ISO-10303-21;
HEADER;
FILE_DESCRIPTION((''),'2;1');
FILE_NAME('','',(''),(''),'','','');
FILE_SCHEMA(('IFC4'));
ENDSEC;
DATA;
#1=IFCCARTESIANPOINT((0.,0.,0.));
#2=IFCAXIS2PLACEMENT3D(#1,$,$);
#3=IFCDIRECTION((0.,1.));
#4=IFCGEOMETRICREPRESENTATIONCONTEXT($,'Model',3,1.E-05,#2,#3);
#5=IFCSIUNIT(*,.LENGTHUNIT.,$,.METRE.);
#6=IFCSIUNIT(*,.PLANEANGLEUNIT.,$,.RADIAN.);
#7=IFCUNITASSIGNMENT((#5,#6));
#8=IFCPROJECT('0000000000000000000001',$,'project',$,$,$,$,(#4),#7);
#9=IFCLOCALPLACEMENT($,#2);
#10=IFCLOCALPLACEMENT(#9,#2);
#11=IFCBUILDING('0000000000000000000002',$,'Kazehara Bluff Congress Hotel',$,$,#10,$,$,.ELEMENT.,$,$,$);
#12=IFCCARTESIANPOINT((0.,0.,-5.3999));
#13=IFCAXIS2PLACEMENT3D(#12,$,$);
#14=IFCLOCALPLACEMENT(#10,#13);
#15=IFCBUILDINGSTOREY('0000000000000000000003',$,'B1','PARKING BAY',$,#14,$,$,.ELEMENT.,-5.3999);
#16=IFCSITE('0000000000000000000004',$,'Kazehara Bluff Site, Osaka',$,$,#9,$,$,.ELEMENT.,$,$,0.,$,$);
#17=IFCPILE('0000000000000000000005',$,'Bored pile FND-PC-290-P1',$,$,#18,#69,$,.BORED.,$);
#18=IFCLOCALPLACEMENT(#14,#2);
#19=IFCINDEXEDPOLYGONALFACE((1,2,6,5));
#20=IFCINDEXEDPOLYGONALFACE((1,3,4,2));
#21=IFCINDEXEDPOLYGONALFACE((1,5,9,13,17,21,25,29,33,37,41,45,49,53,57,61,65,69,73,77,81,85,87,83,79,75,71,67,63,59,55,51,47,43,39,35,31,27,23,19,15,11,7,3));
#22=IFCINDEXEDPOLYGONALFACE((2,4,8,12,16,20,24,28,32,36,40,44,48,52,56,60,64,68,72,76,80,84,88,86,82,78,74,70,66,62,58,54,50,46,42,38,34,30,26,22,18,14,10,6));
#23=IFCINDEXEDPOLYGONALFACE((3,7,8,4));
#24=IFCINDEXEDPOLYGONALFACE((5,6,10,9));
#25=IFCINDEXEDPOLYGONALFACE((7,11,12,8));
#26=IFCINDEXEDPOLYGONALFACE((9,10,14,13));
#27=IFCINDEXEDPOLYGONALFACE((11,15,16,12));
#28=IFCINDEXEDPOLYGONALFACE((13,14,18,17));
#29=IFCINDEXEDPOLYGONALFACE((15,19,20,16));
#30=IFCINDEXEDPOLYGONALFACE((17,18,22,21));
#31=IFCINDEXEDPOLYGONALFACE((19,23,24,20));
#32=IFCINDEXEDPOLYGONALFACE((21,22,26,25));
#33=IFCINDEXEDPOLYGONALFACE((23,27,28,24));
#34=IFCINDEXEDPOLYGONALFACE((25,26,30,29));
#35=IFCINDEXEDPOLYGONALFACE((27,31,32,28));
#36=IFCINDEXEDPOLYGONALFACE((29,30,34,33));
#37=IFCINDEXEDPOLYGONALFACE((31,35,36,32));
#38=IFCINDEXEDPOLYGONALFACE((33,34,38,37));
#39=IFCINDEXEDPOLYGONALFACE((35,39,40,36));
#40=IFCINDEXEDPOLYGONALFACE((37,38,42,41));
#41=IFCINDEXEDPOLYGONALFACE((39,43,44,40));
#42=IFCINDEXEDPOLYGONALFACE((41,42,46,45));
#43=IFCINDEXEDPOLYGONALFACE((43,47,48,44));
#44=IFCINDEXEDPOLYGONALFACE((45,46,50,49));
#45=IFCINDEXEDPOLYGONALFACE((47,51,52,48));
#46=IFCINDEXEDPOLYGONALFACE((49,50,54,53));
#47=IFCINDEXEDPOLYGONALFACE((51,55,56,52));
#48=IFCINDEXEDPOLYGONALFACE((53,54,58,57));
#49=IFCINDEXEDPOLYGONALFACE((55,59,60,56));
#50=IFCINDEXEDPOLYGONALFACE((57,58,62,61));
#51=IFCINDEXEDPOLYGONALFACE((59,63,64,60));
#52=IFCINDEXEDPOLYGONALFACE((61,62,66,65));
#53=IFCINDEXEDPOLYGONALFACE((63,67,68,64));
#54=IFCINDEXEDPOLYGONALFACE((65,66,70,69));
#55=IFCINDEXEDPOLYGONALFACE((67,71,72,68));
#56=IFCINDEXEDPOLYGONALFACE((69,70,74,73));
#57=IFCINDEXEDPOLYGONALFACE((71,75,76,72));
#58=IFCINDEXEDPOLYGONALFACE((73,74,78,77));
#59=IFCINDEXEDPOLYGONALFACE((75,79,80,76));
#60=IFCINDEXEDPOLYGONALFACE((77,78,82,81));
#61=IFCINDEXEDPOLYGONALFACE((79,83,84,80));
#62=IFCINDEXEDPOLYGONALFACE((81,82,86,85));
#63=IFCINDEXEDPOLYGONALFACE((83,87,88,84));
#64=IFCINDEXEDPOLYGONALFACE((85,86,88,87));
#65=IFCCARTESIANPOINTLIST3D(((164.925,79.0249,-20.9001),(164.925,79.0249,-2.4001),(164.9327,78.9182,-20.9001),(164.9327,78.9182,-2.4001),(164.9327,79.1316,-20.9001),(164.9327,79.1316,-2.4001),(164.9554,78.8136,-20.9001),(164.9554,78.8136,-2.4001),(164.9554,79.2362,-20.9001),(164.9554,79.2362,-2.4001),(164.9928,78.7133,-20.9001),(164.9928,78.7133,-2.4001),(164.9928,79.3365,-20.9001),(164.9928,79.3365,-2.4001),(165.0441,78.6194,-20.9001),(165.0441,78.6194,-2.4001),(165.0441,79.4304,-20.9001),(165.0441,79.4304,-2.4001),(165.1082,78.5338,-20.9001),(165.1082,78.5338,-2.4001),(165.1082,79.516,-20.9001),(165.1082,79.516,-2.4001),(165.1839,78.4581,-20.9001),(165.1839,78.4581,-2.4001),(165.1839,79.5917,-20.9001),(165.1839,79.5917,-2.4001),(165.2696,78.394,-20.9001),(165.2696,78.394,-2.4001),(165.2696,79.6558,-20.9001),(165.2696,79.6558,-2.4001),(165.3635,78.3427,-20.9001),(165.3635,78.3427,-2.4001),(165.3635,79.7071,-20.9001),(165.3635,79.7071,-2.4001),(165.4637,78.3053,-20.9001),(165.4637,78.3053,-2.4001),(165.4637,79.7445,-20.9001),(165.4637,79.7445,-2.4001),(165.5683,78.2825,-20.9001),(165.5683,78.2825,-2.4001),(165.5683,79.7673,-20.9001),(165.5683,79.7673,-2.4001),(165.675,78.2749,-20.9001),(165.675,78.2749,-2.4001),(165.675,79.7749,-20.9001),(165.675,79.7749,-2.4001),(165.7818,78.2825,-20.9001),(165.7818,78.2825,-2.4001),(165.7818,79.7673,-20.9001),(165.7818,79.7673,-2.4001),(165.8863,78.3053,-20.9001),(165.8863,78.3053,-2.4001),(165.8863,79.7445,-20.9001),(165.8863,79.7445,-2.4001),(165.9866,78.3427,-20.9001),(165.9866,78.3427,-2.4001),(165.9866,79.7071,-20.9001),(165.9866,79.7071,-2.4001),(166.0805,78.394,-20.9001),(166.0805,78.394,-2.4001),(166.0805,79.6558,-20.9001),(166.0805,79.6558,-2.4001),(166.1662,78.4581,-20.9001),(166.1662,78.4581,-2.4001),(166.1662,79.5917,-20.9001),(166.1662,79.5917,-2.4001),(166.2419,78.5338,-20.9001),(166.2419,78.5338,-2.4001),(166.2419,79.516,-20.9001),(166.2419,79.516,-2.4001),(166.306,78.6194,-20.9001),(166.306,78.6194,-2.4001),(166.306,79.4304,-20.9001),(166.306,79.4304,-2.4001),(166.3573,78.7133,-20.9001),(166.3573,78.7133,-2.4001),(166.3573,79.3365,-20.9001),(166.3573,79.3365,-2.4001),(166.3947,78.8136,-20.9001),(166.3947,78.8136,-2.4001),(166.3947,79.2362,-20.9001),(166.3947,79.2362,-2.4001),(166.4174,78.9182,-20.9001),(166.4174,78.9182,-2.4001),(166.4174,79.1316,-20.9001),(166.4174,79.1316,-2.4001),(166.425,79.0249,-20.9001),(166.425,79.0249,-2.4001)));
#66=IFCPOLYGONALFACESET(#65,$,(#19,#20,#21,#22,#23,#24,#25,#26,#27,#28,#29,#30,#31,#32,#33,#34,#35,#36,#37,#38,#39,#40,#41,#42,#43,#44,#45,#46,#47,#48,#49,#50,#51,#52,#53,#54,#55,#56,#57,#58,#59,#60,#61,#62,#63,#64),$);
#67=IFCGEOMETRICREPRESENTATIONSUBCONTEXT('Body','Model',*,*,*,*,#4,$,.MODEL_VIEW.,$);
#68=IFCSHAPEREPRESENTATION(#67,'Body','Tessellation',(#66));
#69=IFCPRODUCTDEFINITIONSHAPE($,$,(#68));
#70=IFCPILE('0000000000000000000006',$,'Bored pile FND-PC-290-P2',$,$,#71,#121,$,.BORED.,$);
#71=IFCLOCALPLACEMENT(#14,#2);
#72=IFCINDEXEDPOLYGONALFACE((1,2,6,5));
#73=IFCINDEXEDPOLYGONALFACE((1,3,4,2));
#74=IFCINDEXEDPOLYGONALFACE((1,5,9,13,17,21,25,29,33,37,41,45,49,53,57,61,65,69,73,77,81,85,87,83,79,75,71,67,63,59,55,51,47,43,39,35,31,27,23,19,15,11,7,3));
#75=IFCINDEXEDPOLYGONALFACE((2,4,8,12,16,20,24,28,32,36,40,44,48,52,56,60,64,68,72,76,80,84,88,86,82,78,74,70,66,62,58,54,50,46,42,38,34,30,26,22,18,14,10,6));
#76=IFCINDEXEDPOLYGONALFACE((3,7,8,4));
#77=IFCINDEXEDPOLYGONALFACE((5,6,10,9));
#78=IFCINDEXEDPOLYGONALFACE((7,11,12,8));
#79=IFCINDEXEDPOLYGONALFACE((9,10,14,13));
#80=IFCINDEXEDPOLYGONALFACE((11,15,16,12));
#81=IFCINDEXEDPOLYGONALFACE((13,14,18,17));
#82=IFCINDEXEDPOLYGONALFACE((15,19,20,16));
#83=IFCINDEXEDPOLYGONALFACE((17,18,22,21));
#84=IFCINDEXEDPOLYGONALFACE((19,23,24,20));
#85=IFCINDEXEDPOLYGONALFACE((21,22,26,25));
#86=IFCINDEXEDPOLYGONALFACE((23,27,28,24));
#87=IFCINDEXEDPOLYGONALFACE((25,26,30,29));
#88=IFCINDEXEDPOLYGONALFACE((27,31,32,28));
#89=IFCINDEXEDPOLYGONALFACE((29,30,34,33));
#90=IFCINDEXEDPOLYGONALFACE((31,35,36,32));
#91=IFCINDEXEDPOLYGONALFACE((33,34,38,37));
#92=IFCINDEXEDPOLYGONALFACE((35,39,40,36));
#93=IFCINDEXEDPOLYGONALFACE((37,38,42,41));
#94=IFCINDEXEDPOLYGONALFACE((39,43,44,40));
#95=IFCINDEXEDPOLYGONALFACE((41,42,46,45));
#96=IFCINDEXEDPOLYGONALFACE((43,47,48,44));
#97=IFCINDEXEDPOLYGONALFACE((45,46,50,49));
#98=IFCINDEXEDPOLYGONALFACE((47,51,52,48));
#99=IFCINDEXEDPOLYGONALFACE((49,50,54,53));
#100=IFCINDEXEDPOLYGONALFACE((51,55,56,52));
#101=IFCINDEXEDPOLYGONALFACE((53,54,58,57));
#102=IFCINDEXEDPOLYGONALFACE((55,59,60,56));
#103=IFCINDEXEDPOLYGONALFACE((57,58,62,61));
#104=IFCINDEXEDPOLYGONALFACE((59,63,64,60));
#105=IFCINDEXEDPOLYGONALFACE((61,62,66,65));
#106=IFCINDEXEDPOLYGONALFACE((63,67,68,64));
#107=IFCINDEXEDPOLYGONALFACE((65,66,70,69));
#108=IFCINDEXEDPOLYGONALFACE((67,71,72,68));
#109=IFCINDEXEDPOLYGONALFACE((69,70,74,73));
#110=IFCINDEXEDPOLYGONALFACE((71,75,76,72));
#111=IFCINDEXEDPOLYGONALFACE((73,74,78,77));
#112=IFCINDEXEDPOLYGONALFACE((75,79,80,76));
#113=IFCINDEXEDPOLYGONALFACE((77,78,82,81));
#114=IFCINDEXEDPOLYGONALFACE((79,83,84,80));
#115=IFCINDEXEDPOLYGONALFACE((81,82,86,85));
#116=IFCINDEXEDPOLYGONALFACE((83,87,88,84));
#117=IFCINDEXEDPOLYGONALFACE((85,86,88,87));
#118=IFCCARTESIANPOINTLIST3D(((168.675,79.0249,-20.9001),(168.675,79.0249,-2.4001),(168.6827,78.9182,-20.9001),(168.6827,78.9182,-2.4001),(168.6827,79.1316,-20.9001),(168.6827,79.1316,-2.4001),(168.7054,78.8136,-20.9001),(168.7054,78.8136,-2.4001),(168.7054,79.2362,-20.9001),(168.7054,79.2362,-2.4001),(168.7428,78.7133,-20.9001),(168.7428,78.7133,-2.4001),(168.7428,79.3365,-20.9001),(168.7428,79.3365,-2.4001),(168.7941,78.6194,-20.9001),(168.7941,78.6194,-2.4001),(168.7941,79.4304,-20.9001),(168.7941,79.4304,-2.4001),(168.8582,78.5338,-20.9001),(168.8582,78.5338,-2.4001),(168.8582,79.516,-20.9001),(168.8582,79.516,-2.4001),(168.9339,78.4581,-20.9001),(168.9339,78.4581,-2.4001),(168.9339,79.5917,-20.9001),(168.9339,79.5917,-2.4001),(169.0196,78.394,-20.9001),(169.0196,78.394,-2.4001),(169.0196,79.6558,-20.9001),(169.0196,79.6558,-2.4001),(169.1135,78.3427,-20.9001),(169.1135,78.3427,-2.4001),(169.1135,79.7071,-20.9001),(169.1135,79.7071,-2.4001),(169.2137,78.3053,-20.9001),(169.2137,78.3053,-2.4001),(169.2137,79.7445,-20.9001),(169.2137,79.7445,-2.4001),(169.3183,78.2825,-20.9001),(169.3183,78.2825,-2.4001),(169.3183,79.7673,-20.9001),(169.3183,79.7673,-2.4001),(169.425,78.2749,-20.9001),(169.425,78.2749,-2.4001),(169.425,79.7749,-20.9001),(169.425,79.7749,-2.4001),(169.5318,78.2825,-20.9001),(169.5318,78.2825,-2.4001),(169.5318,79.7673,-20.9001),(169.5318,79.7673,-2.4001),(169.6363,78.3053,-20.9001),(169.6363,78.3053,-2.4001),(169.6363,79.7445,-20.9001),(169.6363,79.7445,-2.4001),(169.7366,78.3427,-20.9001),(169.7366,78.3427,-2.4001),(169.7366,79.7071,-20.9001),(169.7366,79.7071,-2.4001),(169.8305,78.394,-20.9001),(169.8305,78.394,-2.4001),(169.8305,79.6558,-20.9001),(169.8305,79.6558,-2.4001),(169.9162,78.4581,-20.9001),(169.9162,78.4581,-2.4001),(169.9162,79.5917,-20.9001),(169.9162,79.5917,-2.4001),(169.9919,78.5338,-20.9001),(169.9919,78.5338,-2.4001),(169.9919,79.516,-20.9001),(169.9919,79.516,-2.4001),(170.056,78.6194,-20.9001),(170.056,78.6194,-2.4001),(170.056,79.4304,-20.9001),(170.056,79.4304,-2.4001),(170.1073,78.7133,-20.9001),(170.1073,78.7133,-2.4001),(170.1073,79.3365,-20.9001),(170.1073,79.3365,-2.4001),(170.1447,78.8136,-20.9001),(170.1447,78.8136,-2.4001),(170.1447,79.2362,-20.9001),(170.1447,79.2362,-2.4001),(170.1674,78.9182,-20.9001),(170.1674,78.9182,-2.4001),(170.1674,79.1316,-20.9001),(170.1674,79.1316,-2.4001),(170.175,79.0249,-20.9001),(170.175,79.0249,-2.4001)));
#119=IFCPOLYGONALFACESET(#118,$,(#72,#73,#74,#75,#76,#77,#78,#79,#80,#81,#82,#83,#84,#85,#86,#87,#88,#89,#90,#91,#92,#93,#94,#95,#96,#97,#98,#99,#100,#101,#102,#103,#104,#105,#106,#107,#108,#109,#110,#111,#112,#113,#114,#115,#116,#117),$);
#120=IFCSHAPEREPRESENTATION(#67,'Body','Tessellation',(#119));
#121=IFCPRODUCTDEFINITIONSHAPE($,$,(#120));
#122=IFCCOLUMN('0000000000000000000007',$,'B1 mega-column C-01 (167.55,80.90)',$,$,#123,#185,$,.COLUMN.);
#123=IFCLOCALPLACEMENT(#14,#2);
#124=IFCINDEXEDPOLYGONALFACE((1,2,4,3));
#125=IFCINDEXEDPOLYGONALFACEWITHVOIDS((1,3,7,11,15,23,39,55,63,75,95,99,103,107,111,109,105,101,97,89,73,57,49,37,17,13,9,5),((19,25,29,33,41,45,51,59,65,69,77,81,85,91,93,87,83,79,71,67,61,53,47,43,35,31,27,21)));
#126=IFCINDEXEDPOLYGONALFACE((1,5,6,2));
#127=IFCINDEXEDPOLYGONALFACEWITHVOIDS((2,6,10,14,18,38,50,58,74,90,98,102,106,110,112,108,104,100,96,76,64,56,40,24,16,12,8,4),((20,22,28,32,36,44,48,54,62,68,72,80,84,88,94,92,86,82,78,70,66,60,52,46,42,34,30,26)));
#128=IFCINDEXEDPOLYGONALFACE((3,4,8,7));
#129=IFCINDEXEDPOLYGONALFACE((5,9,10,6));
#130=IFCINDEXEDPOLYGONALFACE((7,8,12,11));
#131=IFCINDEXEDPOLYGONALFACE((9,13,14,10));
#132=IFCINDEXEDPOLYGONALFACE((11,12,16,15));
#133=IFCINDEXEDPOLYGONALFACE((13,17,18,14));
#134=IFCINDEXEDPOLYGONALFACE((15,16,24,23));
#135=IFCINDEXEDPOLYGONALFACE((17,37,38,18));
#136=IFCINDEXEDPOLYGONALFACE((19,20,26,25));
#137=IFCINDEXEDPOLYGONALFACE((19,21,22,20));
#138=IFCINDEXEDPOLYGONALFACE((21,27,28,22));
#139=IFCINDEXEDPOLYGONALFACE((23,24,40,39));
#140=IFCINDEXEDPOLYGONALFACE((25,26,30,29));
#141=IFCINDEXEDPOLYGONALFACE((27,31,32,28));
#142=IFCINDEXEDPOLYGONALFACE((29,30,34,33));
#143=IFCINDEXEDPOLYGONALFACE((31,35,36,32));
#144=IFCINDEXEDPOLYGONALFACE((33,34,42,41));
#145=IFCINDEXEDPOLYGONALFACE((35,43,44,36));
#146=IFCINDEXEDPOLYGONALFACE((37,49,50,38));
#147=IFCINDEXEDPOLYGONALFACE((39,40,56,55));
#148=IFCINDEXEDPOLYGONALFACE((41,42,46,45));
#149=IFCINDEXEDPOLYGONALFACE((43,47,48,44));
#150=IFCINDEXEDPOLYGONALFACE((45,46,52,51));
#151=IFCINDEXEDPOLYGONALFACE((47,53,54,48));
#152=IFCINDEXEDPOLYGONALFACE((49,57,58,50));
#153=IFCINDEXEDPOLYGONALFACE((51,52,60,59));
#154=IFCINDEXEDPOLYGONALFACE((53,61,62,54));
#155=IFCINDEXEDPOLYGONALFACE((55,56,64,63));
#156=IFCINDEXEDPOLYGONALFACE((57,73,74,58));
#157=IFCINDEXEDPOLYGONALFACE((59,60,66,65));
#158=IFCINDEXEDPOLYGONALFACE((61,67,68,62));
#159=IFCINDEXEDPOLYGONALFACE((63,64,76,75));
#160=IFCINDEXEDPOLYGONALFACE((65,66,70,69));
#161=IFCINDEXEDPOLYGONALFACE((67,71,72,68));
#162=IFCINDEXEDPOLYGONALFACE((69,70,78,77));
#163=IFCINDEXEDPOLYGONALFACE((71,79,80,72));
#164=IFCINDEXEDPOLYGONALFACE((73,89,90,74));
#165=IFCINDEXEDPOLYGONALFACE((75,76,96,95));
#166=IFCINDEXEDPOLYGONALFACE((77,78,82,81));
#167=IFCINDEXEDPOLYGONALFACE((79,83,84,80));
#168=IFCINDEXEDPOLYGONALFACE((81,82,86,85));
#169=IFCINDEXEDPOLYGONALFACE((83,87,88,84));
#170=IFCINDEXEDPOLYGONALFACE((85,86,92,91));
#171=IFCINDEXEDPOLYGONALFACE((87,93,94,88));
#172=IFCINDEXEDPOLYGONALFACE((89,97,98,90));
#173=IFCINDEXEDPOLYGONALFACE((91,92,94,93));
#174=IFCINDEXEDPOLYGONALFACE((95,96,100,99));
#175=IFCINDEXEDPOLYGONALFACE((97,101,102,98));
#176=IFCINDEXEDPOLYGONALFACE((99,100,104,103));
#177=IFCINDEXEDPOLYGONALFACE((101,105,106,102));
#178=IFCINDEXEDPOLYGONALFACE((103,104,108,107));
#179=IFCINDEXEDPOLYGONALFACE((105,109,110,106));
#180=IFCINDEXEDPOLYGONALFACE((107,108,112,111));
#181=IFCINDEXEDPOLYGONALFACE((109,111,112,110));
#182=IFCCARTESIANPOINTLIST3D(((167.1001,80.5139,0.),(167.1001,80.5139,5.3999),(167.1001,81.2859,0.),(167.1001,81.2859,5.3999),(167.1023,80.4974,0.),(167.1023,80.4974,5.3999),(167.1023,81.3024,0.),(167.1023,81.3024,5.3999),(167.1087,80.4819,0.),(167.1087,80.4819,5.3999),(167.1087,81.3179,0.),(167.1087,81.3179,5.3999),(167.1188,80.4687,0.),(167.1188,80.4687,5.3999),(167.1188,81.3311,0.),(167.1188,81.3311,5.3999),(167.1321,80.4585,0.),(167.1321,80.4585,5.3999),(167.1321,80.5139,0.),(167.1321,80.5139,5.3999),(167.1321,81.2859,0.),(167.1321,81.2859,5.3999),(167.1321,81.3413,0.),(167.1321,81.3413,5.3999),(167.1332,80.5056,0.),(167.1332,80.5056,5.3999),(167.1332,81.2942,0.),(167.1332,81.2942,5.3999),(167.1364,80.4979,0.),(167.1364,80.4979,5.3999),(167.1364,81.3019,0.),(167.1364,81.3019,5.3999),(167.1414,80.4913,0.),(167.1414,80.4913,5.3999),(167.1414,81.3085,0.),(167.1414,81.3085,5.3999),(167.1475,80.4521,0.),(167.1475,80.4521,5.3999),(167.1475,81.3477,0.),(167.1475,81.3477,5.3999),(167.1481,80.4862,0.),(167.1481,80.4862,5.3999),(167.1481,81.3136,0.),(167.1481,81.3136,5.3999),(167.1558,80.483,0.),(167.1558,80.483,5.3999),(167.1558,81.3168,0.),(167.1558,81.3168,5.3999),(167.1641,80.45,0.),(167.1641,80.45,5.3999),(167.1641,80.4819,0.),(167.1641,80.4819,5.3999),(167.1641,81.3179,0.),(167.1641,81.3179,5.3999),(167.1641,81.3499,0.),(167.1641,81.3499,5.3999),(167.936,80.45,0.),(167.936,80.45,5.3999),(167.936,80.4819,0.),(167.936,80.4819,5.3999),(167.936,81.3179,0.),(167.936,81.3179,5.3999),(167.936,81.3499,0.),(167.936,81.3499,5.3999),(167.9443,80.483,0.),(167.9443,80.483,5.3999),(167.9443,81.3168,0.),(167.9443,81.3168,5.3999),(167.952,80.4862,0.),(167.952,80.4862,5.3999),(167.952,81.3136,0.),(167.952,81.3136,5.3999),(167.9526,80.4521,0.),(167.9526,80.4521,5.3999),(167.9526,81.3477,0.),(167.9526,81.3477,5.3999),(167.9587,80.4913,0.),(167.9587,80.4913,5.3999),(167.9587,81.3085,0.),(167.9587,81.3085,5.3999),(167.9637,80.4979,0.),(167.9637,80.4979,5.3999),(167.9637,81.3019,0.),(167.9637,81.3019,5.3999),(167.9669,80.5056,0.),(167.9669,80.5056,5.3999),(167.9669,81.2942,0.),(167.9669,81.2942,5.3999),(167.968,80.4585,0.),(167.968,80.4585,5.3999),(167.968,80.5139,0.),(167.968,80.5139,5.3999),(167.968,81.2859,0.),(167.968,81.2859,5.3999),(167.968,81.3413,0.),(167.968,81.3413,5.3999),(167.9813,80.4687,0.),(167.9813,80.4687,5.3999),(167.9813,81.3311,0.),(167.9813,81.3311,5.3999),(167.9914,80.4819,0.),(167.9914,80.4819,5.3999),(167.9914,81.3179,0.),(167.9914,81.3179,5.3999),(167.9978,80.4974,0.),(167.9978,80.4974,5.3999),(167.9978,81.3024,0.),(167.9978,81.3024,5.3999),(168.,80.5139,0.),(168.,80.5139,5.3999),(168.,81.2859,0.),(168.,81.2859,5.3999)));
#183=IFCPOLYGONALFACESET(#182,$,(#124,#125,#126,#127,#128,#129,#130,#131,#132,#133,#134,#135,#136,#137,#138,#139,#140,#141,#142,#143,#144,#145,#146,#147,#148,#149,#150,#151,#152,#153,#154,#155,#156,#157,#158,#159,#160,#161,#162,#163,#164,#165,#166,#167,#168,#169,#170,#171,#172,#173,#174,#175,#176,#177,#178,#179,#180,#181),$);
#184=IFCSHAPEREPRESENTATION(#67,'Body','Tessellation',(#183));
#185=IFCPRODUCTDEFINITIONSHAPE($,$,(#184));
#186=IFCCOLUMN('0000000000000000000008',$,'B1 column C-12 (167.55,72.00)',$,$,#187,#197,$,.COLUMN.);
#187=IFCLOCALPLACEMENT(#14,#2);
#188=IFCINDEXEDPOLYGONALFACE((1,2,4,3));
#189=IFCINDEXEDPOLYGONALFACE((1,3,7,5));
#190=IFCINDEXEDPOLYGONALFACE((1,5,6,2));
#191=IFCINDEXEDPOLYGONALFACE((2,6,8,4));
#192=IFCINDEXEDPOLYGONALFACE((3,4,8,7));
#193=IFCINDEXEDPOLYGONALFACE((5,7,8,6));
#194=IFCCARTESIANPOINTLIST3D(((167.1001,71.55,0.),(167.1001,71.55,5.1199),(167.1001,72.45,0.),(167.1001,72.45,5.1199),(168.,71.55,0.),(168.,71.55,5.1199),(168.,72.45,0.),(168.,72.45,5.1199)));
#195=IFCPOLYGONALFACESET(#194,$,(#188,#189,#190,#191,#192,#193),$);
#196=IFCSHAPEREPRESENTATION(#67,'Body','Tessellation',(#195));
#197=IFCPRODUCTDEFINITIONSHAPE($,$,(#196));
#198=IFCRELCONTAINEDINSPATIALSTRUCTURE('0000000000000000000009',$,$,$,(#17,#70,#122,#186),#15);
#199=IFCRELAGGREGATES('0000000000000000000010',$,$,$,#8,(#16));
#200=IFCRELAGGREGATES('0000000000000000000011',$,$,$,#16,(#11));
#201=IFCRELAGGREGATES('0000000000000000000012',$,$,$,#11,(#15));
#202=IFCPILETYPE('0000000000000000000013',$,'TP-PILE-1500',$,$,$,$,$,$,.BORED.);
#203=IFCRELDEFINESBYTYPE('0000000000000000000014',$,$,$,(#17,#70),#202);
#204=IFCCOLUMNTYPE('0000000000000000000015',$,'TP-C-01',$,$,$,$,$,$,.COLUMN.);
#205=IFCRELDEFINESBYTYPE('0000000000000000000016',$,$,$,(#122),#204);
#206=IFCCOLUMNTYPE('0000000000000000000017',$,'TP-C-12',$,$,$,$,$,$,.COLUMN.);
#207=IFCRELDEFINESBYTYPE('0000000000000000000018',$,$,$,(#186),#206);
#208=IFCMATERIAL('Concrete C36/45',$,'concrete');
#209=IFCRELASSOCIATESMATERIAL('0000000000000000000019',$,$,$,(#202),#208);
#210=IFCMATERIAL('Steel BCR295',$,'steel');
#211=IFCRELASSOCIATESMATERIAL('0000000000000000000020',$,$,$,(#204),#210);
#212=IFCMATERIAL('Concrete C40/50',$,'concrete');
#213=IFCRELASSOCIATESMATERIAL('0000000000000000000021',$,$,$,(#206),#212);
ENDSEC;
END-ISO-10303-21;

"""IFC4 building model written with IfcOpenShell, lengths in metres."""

from ifc_helpers import new_model, si_unit, direction, frame, origin, origin_2d, place, context, subcontext, project, spatial, rectangle, hollow_rectangle, circle, extrude, material, material_profile, profile_set, type_object, element, save


model = new_model("IFC4")

# Units and contexts
model_context = context("Model", 3, precision=1e-05, world=origin(), true_north=direction((0.0, 1.0)))
body_context = subcontext(model_context, "Body", "Model", "MODEL_VIEW")
ifc_project = project(units=[si_unit("LENGTHUNIT", "METRE"), si_unit("PLANEANGLEUNIT", "RADIAN")], contexts=[model_context])

# Site, building, storey
site_placement = place(None, origin())
site = spatial("IfcSite", under=ifc_project, at=site_placement, Name="Kazehara Bluff Site, Osaka", CompositionType="ELEMENT", RefElevation=0.0)
building_placement = place(site_placement, origin())
building = spatial("IfcBuilding", under=site, at=building_placement, Name="Kazehara Bluff Congress Hotel", CompositionType="ELEMENT")
storey_placement = place(building_placement, frame((0.0, 0.0, -5.3999)))
storey = spatial("IfcBuildingStorey", under=building, at=storey_placement, Name="B1", Description="PARKING BAY", CompositionType="ELEMENT", Elevation=-5.3999)

# Piles
ifc_material_1 = material(Name="Concrete C36/45", Category="concrete")
ifc_material_profile_1 = material_profile(ifc_material_1, circle(Radius=0.75, at=origin_2d()))
ifc_profile_set_1 = profile_set([ifc_material_profile_1], Name="Concrete C36/45")
pile_type_1 = type_object("IfcPileType", Name="TP-PILE-1500", PredefinedType="BORED", material=ifc_profile_set_1)
for number, where, z_axis, x_axis, name in (
    (1, (165.675, 79.0249, -2.4001), (0.0, 0.0, -1.0), (1.0, 0.0, 0.0), "Bored pile FND-PC-290-P1"),
    (2, (169.425, 79.0249, -2.4001), (0.0, 0.0, -1.0), (1.0, 0.0, 0.0), "Bored pile FND-PC-290-P2"),
):
    element("IfcPile", number, at=place(storey_placement, frame(where, z_axis=z_axis, x_axis=x_axis)), inside=storey, type_object=pile_type_1, Name=name, PredefinedType="BORED", context=body_context, shape_type="SweptSolid", body=[
        extrude(circle(Radius=0.75, at=origin_2d()), origin(), (0.0, 0.0, 1.0), 18.5),
    ])

# Columns
ifc_material_2 = material(Name="Steel BCR295", Category="steel")
ifc_material_profile_2 = material_profile(ifc_material_2, hollow_rectangle(XDim=0.8999, YDim=0.8999, WallThickness=0.032, InnerFilletRadius=0.032, OuterFilletRadius=0.064, at=origin_2d()))
ifc_profile_set_2 = profile_set([ifc_material_profile_2], Name="Steel BCR295")
column_type_1 = type_object("IfcColumnType", Name="TP-C-01", PredefinedType="COLUMN", material=ifc_profile_set_2)
column_1_placement = place(storey_placement, frame((167.55, 80.8999, 0.0), z_axis=(0.0, 0.0, 1.0), x_axis=(1.0, 0.0, 0.0)))
element("IfcColumn", 3, at=column_1_placement, inside=storey, type_object=column_type_1, Name="B1 mega-column C-01 (167.55,80.90)", PredefinedType="COLUMN", context=body_context, shape_type="SweptSolid", body=[
    extrude(hollow_rectangle(XDim=0.8999, YDim=0.8999, WallThickness=0.032, InnerFilletRadius=0.032, OuterFilletRadius=0.064, at=origin_2d()), origin(), (0.0, 0.0, 1.0), 5.3999),
])
ifc_material_3 = material(Name="Concrete C40/50", Category="concrete")
ifc_material_profile_3 = material_profile(ifc_material_3, rectangle(XDim=0.8999, YDim=0.8999, at=origin_2d()))
ifc_profile_set_3 = profile_set([ifc_material_profile_3], Name="Concrete C40/50")
column_type_2 = type_object("IfcColumnType", Name="TP-C-12", PredefinedType="COLUMN", material=ifc_profile_set_3)
column_2_placement = place(storey_placement, frame((167.55, 72.0, 0.0), z_axis=(0.0, 0.0, 1.0), x_axis=(1.0, 0.0, 0.0)))
element("IfcColumn", 4, at=column_2_placement, inside=storey, type_object=column_type_2, Name="B1 column C-12 (167.55,72.00)", PredefinedType="COLUMN", context=body_context, shape_type="SweptSolid", body=[
    extrude(rectangle(XDim=0.8999, YDim=0.8999, at=origin_2d()), origin(), (0.0, 0.0, 1.0), 5.1199),
])

save(model, "model.ifc")
